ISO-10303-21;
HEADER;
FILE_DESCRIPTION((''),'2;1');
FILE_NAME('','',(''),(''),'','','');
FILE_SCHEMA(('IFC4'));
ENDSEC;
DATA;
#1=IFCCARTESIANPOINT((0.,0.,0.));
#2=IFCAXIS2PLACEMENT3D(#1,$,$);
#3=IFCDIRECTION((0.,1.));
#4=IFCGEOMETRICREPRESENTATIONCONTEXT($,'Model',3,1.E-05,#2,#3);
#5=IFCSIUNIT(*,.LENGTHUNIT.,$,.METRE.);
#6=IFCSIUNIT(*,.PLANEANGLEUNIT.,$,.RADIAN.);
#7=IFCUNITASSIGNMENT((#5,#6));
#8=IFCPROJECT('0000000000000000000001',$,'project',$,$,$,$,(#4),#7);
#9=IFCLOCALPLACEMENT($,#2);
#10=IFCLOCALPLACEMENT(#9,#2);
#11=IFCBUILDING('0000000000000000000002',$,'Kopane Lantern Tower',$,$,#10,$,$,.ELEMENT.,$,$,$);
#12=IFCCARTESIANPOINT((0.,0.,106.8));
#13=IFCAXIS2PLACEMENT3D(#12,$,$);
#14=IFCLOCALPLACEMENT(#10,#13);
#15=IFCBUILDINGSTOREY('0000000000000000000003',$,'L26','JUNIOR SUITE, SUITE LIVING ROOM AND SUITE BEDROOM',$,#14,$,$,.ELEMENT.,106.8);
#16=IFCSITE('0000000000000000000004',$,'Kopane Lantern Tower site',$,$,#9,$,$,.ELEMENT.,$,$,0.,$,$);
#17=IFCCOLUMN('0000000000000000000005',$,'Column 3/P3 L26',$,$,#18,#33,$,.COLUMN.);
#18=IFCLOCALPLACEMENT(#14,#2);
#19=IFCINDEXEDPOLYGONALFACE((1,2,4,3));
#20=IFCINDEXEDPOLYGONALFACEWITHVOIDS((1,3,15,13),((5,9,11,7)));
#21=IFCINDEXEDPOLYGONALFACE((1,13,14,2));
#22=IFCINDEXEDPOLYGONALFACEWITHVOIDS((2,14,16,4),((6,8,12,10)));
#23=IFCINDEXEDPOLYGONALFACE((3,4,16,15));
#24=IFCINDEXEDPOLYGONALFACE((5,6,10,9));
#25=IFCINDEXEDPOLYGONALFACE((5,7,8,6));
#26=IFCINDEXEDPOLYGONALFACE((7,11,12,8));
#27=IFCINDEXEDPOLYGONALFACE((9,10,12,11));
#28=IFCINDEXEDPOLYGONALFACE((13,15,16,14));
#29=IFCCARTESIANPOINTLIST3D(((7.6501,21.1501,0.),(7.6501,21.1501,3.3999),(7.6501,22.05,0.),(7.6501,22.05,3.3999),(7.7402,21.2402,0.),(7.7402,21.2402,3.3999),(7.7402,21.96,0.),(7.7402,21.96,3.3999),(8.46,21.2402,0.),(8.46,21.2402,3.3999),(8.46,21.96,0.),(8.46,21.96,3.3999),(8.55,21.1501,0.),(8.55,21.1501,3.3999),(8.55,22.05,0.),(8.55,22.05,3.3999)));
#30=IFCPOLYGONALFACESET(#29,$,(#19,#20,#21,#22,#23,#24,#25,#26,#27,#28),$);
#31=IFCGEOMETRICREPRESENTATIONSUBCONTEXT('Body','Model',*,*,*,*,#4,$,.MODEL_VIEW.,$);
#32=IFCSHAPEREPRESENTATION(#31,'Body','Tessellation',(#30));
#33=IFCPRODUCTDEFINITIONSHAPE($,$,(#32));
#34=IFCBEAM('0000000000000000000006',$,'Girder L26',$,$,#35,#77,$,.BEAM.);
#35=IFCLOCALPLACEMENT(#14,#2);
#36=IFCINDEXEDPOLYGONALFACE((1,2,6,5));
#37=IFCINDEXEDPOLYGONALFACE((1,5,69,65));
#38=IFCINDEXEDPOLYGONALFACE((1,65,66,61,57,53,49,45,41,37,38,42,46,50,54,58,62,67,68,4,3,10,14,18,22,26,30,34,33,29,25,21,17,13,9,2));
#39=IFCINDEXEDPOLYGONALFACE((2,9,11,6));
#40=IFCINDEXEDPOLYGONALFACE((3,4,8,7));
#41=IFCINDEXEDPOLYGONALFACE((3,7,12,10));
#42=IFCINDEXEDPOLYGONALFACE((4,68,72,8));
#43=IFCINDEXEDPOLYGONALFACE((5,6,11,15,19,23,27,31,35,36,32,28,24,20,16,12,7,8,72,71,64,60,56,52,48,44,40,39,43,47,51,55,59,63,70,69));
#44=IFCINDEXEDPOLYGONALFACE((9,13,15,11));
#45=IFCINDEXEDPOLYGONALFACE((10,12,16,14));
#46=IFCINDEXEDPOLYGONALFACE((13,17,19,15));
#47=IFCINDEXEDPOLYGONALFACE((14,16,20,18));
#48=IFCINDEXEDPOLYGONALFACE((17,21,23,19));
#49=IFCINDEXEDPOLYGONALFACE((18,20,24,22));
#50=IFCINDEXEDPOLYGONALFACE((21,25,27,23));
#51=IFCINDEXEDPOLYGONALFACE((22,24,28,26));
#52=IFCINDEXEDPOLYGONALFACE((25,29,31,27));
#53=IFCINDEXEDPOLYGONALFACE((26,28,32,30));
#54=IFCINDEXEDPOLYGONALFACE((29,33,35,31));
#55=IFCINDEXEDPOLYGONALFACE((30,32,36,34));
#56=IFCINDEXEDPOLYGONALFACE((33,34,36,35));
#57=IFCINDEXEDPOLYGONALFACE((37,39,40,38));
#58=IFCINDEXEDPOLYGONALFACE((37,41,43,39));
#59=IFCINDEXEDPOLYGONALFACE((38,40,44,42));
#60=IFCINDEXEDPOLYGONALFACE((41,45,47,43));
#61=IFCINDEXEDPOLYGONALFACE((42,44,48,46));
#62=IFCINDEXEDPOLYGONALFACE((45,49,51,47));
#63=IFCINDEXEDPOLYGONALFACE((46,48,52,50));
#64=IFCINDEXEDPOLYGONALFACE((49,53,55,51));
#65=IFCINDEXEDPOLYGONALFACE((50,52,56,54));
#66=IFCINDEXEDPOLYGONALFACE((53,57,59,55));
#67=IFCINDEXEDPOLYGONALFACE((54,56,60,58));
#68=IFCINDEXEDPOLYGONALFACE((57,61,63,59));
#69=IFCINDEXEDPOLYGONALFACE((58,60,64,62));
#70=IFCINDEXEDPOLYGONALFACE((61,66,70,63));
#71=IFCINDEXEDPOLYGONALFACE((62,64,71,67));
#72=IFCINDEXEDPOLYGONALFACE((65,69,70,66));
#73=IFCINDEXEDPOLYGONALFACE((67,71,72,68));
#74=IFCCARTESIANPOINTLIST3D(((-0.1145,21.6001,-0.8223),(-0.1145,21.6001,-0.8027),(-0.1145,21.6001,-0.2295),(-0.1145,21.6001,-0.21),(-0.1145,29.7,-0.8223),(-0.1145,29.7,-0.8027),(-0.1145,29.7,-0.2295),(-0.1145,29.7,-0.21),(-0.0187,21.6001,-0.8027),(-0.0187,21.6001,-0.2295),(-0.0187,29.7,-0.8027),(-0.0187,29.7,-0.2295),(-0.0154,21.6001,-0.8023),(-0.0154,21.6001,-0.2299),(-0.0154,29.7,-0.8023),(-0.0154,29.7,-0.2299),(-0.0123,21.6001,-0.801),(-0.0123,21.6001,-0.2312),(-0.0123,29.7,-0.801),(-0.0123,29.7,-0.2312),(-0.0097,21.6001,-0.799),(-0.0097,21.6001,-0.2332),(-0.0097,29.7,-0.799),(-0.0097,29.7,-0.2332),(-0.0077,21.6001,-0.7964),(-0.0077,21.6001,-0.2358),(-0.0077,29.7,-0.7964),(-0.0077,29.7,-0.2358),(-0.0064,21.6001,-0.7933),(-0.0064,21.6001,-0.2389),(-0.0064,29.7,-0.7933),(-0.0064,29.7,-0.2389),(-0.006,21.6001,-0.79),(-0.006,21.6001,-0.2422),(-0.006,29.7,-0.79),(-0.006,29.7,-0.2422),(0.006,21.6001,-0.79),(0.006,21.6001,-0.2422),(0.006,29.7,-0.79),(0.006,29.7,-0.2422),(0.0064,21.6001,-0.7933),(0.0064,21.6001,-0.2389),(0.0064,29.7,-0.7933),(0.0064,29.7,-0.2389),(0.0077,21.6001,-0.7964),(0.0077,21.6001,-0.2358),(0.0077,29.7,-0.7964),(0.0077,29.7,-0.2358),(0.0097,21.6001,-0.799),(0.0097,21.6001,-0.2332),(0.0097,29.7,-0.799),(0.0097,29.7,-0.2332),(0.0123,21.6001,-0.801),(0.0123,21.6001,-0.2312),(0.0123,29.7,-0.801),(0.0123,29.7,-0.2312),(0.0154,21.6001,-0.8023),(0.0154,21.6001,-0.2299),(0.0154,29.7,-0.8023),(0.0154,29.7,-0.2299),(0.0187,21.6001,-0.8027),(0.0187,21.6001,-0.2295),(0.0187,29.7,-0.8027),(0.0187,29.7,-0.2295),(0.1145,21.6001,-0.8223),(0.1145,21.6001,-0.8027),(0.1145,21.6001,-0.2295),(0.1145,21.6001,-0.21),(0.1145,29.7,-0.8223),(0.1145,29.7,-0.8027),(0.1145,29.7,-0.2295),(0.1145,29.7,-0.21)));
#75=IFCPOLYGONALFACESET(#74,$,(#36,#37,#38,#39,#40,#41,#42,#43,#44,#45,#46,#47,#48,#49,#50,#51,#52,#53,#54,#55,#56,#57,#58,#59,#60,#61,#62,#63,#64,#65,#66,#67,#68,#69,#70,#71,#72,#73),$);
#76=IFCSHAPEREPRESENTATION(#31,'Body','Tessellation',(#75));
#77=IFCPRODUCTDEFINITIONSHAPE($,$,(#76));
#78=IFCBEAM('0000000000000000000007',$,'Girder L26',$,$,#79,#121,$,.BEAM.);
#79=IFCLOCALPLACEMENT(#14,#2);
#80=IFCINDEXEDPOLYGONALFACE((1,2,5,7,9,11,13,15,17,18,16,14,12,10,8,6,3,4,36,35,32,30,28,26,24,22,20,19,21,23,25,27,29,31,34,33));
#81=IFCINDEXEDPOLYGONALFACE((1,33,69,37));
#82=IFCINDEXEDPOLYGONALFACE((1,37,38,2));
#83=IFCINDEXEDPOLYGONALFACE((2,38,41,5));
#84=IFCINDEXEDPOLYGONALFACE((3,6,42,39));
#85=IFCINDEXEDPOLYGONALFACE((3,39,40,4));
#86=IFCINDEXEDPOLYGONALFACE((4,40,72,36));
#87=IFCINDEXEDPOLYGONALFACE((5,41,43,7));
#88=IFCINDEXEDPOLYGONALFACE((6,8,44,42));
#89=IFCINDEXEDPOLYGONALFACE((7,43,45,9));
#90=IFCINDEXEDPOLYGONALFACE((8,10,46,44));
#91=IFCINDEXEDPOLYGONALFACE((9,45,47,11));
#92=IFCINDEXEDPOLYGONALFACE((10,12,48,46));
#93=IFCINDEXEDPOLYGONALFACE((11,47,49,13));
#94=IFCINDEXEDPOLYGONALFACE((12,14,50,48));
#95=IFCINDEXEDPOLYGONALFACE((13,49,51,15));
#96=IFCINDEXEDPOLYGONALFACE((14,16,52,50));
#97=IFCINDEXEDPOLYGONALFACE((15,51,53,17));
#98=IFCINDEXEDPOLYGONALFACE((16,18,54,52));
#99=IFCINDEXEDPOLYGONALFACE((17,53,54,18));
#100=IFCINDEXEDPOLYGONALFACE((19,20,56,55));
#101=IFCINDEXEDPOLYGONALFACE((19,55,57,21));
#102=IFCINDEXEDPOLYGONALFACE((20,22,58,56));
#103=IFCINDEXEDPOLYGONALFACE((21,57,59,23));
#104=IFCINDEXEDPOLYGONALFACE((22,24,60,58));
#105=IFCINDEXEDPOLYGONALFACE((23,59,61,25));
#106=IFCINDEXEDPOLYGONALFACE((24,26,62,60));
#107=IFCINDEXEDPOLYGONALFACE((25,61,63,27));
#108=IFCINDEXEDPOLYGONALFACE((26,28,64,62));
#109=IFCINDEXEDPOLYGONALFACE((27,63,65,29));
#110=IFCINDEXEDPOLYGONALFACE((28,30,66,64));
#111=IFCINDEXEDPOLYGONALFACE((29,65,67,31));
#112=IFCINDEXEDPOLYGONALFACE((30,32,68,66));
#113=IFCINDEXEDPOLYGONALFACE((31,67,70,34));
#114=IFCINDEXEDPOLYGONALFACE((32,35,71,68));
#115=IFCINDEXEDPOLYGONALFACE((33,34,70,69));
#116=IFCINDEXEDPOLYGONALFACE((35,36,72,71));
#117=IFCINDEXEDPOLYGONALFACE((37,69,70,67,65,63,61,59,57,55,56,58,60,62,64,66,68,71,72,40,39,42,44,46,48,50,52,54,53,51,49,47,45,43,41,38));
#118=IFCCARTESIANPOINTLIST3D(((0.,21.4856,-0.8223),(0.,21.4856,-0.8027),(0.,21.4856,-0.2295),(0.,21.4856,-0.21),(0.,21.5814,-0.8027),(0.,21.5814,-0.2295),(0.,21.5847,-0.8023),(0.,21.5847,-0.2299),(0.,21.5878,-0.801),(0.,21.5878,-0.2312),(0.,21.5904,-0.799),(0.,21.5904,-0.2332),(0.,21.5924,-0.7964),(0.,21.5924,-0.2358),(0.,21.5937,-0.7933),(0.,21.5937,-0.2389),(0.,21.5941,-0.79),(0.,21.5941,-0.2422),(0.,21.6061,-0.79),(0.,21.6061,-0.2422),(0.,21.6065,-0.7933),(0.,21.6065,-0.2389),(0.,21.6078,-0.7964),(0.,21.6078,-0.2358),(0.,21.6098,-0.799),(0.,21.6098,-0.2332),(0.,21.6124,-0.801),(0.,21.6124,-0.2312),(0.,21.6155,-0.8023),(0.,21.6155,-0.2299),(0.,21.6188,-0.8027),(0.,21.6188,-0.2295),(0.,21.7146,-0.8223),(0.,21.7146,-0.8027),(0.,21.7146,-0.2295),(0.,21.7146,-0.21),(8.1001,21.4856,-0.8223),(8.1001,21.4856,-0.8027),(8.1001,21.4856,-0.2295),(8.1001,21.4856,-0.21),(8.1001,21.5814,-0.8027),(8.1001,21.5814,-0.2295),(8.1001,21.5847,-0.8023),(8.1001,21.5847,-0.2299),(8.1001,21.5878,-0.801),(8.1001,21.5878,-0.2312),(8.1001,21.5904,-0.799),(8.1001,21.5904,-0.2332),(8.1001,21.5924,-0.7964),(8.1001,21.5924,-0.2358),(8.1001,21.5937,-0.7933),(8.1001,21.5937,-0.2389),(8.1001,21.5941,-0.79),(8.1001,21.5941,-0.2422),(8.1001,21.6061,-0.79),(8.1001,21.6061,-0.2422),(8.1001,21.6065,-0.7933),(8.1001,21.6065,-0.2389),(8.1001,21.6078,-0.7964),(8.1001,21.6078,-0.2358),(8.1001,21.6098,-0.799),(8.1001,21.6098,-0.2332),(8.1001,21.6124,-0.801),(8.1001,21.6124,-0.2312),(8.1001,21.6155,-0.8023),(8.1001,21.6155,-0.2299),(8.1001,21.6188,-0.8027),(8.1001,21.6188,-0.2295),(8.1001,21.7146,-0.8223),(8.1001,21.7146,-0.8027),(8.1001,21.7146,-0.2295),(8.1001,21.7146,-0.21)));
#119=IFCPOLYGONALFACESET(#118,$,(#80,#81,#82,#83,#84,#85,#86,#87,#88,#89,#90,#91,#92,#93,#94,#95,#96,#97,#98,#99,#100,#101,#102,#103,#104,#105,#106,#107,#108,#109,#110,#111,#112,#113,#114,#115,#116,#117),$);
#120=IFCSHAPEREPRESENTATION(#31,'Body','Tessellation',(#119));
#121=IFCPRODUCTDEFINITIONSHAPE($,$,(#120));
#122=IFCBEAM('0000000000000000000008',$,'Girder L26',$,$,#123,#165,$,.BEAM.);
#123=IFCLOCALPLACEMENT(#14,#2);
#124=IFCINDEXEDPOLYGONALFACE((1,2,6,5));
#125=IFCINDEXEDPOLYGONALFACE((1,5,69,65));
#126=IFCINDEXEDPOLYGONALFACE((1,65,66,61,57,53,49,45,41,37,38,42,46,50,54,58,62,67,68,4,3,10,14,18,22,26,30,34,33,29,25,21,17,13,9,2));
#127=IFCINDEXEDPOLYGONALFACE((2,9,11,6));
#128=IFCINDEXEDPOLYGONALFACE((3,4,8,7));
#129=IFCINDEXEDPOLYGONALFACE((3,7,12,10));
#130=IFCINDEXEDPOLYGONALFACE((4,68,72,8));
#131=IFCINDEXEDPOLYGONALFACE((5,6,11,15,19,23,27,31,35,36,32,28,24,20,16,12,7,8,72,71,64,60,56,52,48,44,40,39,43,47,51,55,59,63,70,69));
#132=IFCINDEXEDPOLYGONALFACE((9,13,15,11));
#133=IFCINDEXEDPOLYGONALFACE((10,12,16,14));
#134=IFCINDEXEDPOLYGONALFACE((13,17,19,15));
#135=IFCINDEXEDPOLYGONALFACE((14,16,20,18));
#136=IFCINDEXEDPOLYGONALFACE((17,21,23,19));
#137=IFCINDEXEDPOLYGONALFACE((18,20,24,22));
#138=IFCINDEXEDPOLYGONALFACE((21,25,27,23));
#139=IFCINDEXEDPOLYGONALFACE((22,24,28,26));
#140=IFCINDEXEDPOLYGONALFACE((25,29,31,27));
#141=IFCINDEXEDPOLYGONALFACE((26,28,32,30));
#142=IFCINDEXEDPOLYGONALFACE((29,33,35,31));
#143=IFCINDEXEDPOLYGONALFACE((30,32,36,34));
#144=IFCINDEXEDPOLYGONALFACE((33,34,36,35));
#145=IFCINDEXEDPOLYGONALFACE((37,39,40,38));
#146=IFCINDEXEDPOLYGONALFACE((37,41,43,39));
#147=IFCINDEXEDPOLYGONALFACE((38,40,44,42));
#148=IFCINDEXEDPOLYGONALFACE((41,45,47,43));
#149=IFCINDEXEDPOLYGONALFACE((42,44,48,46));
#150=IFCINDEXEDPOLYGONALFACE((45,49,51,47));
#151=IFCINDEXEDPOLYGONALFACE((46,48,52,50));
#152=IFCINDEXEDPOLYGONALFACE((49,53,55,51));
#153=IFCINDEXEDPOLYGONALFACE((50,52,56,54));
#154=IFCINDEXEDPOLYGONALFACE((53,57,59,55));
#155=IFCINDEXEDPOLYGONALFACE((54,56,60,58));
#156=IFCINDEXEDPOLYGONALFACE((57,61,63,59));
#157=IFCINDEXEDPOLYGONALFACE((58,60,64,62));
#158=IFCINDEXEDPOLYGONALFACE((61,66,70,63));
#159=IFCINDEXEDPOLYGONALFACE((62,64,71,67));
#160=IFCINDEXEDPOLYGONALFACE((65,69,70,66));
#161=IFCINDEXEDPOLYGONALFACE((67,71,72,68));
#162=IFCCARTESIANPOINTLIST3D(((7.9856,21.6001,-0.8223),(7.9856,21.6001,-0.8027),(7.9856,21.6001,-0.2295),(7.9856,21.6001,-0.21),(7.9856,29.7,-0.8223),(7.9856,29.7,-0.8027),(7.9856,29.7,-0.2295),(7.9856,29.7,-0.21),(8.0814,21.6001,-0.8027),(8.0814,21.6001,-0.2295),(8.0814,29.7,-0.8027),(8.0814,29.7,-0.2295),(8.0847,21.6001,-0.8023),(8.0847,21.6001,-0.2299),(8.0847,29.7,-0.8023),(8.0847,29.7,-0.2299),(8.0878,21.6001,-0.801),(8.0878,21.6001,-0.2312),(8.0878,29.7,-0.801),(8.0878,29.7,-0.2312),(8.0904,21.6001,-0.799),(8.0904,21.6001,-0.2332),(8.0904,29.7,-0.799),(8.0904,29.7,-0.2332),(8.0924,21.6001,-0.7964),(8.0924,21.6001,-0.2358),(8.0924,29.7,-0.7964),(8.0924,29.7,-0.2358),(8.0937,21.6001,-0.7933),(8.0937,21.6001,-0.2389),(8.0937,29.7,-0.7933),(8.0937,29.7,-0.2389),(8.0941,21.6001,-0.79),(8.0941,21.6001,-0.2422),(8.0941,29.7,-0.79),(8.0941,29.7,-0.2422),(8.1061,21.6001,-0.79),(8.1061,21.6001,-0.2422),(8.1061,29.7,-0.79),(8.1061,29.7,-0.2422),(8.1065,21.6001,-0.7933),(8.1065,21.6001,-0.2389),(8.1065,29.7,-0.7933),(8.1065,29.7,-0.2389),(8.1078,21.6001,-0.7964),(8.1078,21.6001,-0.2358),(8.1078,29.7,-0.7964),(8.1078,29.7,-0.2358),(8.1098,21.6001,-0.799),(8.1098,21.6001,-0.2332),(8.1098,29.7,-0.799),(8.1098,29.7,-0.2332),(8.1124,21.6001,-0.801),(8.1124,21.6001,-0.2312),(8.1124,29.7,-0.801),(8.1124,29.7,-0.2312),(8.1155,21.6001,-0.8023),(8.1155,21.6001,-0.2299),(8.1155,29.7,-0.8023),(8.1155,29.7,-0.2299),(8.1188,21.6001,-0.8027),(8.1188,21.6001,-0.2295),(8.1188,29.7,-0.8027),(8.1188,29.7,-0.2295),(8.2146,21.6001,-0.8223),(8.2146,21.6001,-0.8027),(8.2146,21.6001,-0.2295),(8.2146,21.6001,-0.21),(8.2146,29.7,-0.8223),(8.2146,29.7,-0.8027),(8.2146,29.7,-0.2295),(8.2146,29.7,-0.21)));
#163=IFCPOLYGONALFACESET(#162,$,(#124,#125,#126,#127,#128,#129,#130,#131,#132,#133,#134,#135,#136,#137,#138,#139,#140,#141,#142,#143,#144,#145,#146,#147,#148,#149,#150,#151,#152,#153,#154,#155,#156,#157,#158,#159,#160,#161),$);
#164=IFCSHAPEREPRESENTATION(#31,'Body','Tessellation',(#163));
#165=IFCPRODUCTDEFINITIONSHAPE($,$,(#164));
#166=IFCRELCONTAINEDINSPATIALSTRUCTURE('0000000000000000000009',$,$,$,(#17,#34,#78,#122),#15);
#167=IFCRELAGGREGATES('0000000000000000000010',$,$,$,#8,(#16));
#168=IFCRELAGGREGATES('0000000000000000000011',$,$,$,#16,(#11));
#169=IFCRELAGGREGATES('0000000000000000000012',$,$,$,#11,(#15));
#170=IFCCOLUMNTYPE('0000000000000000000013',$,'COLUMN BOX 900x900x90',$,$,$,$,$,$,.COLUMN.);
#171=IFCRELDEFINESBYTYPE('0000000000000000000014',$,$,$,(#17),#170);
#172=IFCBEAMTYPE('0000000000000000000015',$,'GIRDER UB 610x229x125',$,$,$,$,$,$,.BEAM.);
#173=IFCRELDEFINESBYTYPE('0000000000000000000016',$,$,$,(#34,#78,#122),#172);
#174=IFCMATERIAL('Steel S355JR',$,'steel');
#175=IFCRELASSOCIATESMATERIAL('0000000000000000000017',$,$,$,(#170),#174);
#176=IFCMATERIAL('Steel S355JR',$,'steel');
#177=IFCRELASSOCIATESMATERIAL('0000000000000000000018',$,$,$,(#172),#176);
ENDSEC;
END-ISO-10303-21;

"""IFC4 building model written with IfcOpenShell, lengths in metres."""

from ifc_helpers import new_model, si_unit, direction, frame, origin, origin_2d, place, context, subcontext, project, spatial, hollow_rectangle, i_section, extrude, material, material_profile, profile_set, type_object, element, save


model = new_model("IFC4")

# Units and contexts
model_context = context("Model", 3, precision=1e-05, world=origin(), true_north=direction((0.0, 1.0)))
body_context = subcontext(model_context, "Body", "Model", "MODEL_VIEW")
ifc_project = project(units=[si_unit("LENGTHUNIT", "METRE"), si_unit("PLANEANGLEUNIT", "RADIAN")], contexts=[model_context])

# Site, building, storey
site_placement = place(None, origin())
site = spatial("IfcSite", under=ifc_project, at=site_placement, Name="Kopane Lantern Tower site", CompositionType="ELEMENT", RefElevation=0.0)
building_placement = place(site_placement, origin())
building = spatial("IfcBuilding", under=site, at=building_placement, Name="Kopane Lantern Tower", CompositionType="ELEMENT")
storey_placement = place(building_placement, frame((0.0, 0.0, 106.8)))
storey = spatial("IfcBuildingStorey", under=building, at=storey_placement, Name="L26", Description="JUNIOR SUITE, SUITE LIVING ROOM AND SUITE BEDROOM", CompositionType="ELEMENT", Elevation=106.8)

# Column
ifc_material_1 = material(Name="Steel S355JR", Category="steel")
ifc_material_profile_1 = material_profile(ifc_material_1, hollow_rectangle(XDim=0.8999, YDim=0.8999, WallThickness=0.0901, at=origin_2d()), Name="BOX 900x900x90")
ifc_profile_set_1 = profile_set([ifc_material_profile_1], Name="Steel S355JR")
column_type = type_object("IfcColumnType", Name="COLUMN BOX 900x900x90", PredefinedType="COLUMN", material=ifc_profile_set_1)
column_placement = place(storey_placement, frame((8.1001, 21.6001, 0.0), z_axis=(0.0, 0.0, 1.0), x_axis=(1.0, 0.0, 0.0)))
element("IfcColumn", 1, at=column_placement, inside=storey, type_object=column_type, Name="Column 3/P3 L26", PredefinedType="COLUMN", context=body_context, shape_type="SweptSolid", body=[
    extrude(hollow_rectangle(XDim=0.8999, YDim=0.8999, WallThickness=0.0901, at=origin_2d()), origin(), (0.0, 0.0, 1.0), 3.3999),
])

# Beams
ifc_material_2 = material(Name="Steel S355JR", Category="steel")
ifc_material_profile_2 = material_profile(ifc_material_2, i_section(OverallWidth=0.229, OverallDepth=0.6123, WebThickness=0.012, FlangeThickness=0.0195, FilletRadius=0.0127, at=origin_2d()), Name="UB 610x229x125")
ifc_profile_set_2 = profile_set([ifc_material_profile_2], Name="Steel S355JR")
beam_type = type_object("IfcBeamType", Name="GIRDER UB 610x229x125", PredefinedType="BEAM", material=ifc_profile_set_2)
beam_1_placement = place(storey_placement, frame((0.0, 21.6001, -0.5161), z_axis=(0.0, 1.0, 0.0), x_axis=(-1.0, 0.0, 0.0)))
element("IfcBeam", 2, at=beam_1_placement, inside=storey, type_object=beam_type, Name="Girder L26", PredefinedType="BEAM", context=body_context, shape_type="SweptSolid", body=[
    extrude(i_section(OverallWidth=0.229, OverallDepth=0.6123, WebThickness=0.012, FlangeThickness=0.0195, FilletRadius=0.0127, at=origin_2d()), origin(), (0.0, 0.0, 1.0), 8.0999),
])
beam_2_placement = place(storey_placement, frame((0.0, 21.6001, -0.5161), z_axis=(1.0, 0.0, 0.0), x_axis=(0.0, 1.0, 0.0)))
element("IfcBeam", 3, at=beam_2_placement, inside=storey, type_object=beam_type, Name="Girder L26", PredefinedType="BEAM", context=body_context, shape_type="SweptSolid", body=[
    extrude(i_section(OverallWidth=0.229, OverallDepth=0.6123, WebThickness=0.012, FlangeThickness=0.0195, FilletRadius=0.0127, at=origin_2d()), origin(), (0.0, 0.0, 1.0), 8.1001),
])
for number, where, z_axis, x_axis, name in (
    (4, (8.1001, 21.6001, -0.5161), (0.0, 1.0, 0.0), (-1.0, 0.0, 0.0), "Girder L26"),
):
    element("IfcBeam", number, at=place(storey_placement, frame(where, z_axis=z_axis, x_axis=x_axis)), inside=storey, type_object=beam_type, Name=name, PredefinedType="BEAM", context=body_context, shape_type="SweptSolid", body=[
        extrude(i_section(OverallWidth=0.229, OverallDepth=0.6123, WebThickness=0.012, FlangeThickness=0.0195, FilletRadius=0.0127, at=origin_2d()), origin(), (0.0, 0.0, 1.0), 8.0999),
    ])

save(model, "model.ifc")
